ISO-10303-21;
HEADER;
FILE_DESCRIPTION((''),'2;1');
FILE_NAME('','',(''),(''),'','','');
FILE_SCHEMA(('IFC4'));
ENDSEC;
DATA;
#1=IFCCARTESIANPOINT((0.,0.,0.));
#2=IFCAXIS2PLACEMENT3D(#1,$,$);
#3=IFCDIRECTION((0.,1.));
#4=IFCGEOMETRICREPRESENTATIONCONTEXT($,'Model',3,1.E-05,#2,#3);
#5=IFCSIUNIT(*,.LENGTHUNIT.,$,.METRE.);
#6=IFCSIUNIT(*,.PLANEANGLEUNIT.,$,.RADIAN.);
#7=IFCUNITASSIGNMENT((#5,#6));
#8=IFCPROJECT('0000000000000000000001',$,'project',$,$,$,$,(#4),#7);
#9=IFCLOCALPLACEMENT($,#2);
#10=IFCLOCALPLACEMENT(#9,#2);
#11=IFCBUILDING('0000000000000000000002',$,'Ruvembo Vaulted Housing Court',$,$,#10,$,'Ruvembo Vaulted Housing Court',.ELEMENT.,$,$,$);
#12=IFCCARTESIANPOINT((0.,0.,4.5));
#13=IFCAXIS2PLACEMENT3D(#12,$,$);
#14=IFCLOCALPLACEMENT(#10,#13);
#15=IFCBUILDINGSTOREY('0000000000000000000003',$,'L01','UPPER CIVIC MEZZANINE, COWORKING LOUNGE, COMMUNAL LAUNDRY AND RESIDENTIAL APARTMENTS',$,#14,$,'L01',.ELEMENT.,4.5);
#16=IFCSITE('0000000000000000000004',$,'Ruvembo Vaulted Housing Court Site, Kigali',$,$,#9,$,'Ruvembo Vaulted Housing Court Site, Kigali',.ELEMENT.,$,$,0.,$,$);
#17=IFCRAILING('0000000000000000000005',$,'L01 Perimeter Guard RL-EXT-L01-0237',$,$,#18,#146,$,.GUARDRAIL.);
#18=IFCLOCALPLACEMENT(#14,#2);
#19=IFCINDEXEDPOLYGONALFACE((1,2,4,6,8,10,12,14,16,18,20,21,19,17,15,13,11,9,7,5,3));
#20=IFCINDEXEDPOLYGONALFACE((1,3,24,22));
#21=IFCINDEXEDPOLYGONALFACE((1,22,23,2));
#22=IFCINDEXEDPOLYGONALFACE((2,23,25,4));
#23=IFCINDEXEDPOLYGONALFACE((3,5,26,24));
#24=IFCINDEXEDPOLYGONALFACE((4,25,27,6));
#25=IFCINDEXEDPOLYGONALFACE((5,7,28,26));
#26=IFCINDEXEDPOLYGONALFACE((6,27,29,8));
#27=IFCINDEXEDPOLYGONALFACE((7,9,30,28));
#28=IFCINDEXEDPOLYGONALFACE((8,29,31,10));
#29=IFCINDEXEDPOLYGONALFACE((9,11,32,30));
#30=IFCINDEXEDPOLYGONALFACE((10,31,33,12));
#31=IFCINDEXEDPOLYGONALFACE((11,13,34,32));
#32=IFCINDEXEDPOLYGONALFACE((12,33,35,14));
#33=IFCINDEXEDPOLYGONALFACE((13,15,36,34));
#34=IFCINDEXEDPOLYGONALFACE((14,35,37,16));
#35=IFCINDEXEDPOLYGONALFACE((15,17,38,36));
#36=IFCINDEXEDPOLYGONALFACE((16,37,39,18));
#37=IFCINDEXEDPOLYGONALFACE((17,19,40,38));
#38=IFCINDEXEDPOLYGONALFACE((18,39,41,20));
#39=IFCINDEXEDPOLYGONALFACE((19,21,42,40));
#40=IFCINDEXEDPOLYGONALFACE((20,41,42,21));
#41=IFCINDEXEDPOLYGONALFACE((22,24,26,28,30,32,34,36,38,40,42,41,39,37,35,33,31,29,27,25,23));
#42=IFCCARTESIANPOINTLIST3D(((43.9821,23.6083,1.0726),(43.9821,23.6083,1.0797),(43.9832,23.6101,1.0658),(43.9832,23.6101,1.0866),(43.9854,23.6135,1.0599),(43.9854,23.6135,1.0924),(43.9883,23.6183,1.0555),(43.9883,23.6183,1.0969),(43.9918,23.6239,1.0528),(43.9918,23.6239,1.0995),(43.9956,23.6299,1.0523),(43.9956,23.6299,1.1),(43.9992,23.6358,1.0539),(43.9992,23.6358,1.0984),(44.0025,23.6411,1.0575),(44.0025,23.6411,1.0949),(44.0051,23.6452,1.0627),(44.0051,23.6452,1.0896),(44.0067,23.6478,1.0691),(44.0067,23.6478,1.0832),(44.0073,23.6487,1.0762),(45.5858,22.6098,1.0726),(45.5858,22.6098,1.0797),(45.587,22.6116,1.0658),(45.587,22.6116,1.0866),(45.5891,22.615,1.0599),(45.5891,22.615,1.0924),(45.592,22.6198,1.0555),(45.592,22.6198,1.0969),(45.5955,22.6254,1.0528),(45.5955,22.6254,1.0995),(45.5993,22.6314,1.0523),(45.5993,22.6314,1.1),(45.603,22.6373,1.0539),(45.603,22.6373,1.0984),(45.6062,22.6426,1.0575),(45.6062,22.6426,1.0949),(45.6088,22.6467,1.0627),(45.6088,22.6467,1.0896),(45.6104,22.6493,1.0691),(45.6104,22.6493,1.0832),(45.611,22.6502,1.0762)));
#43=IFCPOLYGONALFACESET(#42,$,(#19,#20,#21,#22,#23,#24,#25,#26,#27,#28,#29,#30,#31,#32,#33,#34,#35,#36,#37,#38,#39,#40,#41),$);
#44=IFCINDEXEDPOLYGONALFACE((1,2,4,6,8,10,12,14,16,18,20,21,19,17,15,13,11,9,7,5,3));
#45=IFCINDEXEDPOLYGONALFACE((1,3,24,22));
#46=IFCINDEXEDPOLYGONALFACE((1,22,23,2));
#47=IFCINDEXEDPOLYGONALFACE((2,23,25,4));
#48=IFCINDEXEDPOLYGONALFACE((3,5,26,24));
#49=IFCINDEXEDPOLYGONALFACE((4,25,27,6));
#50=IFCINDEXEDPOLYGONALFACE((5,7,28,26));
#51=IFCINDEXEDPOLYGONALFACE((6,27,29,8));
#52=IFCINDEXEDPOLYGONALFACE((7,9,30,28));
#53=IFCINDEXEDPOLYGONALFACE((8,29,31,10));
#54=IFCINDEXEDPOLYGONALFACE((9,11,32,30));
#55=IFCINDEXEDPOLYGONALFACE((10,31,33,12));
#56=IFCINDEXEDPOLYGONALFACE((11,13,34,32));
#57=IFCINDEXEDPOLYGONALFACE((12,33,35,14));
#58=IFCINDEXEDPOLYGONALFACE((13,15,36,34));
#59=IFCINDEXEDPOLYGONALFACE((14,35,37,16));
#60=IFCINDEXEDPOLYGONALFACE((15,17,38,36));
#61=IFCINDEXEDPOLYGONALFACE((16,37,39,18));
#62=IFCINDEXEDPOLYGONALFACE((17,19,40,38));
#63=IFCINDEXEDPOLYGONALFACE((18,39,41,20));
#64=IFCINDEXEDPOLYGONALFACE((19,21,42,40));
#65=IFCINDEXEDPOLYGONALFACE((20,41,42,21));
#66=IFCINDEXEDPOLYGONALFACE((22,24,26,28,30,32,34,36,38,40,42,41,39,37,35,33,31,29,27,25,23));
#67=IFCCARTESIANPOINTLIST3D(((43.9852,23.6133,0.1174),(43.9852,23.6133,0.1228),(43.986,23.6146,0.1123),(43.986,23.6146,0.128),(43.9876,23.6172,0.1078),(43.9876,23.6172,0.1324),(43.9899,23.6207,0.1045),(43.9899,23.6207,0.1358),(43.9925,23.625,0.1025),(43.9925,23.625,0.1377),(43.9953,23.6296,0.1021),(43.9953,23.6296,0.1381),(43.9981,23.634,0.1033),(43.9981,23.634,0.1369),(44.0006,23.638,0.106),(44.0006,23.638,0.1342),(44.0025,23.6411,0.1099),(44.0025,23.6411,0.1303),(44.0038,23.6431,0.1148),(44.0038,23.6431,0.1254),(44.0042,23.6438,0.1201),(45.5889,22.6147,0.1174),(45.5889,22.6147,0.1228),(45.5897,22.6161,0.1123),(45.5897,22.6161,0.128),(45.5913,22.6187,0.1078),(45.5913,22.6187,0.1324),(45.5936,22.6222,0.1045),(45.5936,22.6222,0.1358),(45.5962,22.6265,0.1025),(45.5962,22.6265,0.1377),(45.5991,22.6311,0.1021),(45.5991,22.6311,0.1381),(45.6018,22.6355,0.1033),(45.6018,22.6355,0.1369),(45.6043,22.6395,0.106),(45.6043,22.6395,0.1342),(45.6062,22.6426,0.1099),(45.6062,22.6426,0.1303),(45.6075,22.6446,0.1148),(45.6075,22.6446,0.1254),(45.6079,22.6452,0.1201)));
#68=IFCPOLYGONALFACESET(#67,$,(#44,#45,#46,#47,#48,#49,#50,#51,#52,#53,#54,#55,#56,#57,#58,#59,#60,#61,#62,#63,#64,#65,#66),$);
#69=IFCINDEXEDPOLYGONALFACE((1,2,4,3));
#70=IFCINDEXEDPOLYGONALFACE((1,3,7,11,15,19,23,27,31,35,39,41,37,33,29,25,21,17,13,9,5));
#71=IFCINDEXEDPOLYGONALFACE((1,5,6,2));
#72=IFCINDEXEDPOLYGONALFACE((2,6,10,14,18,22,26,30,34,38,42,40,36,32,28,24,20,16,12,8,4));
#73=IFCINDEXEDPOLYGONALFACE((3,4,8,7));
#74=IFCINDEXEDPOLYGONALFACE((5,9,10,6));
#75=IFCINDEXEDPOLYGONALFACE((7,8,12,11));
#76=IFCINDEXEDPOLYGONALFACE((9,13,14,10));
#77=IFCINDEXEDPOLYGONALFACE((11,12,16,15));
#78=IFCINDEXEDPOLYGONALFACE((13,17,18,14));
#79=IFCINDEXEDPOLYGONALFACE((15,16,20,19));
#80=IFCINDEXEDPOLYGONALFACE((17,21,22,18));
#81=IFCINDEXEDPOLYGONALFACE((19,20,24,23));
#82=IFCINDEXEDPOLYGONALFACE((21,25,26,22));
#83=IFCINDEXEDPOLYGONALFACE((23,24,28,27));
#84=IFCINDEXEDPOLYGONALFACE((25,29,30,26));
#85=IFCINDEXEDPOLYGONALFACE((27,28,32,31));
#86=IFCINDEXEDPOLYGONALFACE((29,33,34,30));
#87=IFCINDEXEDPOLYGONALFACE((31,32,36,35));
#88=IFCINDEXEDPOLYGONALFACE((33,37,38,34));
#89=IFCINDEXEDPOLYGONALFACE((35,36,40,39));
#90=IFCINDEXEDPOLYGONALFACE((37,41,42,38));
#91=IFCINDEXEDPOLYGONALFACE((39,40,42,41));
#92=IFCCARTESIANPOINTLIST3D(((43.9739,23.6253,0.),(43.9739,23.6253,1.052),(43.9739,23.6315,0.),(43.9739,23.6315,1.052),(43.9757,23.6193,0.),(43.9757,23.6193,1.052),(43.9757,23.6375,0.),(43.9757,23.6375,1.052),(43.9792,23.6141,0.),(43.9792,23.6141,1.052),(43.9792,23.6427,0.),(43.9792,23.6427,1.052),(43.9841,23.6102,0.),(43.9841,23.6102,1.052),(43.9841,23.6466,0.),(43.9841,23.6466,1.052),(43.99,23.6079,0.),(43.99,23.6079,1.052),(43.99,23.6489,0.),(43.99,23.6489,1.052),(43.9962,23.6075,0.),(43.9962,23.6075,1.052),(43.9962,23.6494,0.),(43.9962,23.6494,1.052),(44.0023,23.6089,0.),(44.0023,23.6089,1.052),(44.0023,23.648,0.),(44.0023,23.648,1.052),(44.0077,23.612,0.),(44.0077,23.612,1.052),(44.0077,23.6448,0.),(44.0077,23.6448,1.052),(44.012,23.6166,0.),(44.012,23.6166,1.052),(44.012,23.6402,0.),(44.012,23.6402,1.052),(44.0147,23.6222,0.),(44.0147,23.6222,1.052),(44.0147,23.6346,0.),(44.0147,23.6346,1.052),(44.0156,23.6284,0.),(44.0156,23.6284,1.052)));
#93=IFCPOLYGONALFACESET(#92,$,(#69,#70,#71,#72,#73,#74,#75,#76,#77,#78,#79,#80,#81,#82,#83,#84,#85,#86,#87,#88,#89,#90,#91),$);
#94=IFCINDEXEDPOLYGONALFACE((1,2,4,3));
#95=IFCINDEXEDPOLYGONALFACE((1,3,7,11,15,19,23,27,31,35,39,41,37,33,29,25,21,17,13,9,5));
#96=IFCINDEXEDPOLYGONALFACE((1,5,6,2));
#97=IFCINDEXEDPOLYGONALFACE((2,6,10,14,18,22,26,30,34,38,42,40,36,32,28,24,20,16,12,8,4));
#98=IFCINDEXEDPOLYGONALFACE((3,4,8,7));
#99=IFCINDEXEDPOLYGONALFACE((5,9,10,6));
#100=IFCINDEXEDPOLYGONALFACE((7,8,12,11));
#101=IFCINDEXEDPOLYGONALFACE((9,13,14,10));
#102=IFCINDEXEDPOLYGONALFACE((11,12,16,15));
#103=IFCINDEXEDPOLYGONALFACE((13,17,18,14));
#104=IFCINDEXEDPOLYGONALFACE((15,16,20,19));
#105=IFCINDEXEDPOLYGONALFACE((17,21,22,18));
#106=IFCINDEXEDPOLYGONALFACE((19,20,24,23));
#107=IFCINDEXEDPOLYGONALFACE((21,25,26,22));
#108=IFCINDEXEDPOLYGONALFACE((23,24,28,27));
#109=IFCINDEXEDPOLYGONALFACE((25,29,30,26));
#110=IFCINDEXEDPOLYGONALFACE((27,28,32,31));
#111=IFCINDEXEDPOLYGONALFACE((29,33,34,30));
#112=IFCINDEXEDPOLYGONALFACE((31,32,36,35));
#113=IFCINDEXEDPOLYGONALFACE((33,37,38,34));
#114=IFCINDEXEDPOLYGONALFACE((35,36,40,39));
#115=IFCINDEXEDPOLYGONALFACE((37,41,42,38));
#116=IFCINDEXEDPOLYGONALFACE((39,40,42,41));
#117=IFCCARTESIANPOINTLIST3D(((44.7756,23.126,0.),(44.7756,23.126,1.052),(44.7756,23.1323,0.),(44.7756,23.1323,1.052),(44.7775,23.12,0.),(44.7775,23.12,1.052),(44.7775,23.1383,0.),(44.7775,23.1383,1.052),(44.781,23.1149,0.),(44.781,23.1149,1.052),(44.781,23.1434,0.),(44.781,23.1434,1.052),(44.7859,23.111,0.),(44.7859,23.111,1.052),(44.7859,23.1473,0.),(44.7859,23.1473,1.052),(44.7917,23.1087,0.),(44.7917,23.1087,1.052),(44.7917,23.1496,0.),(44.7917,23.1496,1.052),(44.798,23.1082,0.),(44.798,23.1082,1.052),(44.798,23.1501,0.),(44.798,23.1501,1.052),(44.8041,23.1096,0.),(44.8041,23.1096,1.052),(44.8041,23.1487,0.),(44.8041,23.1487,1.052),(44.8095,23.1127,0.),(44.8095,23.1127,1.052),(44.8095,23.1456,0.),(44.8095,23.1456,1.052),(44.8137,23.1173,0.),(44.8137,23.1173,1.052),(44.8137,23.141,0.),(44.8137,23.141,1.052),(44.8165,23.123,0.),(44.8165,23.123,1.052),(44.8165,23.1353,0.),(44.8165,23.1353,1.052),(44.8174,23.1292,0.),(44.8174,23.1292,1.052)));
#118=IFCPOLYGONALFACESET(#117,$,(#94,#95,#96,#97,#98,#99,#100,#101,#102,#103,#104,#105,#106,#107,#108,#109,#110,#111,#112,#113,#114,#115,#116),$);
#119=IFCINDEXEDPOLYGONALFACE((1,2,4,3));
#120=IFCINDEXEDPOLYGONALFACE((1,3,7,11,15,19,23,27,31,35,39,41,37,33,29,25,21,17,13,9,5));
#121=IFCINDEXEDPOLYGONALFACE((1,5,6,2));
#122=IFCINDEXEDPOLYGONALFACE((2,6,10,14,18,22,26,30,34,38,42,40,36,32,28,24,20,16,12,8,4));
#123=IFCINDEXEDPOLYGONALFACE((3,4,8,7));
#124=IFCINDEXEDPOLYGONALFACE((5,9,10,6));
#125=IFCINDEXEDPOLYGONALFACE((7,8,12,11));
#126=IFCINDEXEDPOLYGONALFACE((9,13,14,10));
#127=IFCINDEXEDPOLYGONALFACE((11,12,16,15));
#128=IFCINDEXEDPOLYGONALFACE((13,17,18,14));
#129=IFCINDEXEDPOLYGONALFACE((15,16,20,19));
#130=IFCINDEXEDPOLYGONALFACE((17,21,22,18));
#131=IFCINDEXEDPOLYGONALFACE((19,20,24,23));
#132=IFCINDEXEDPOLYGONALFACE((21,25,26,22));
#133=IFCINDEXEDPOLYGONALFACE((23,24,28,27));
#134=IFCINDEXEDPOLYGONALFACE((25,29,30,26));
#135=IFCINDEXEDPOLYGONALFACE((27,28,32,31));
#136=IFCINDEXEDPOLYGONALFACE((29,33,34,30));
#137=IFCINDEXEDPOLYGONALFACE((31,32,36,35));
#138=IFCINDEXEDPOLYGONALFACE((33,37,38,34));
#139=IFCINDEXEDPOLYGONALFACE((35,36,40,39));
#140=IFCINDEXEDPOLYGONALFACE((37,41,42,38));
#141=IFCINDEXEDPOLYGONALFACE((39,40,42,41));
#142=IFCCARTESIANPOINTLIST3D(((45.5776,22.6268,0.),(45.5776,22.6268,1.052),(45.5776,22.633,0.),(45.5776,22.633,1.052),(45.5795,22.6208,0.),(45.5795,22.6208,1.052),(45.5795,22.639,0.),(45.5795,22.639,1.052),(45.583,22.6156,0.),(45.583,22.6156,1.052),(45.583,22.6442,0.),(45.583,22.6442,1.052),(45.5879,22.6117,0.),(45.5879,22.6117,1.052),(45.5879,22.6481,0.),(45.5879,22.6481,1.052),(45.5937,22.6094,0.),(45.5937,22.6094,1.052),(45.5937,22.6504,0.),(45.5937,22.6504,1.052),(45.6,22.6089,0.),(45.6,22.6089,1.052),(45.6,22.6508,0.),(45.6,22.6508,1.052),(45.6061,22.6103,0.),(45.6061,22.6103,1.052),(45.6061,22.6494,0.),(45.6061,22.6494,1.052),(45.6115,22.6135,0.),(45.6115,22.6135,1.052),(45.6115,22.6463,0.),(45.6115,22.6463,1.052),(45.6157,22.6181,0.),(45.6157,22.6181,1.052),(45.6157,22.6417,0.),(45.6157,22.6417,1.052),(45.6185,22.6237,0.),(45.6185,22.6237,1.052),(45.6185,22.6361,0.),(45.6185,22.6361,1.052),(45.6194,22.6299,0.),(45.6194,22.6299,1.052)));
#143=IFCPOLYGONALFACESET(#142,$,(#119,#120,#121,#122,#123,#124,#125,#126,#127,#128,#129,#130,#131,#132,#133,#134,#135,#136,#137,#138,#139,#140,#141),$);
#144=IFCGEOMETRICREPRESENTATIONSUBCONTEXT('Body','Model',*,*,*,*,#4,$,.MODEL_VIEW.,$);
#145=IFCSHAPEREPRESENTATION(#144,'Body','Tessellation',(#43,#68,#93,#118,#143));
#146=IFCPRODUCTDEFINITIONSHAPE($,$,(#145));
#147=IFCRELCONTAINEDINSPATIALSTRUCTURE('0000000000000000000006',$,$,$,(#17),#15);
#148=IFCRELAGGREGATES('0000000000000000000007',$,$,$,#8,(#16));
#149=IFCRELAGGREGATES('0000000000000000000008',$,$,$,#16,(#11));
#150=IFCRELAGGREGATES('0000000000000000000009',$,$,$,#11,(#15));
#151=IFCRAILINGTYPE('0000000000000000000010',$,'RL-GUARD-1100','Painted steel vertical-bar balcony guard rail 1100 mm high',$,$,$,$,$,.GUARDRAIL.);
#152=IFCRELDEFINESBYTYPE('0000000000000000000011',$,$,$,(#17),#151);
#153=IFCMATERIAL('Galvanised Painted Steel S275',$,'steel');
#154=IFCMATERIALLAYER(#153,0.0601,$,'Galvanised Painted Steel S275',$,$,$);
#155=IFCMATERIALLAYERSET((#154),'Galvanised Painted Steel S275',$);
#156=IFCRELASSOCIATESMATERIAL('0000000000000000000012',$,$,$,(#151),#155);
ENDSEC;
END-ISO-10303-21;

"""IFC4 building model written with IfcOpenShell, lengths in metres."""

from ifc_helpers import new_model, si_unit, direction, frame, origin, origin_2d, place, context, subcontext, project, spatial, circle, extrude, material, layer, layer_set, type_object, element, save


model = new_model("IFC4")

# Units and contexts
model_context = context("Model", 3, precision=1e-05, world=origin(), true_north=direction((0.0, 1.0)))
body_context = subcontext(model_context, "Body", "Model", "MODEL_VIEW")
ifc_project = project(units=[si_unit("LENGTHUNIT", "METRE"), si_unit("PLANEANGLEUNIT", "RADIAN")], contexts=[model_context])

# Site, building, storey
site_placement = place(None, origin())
site = spatial("IfcSite", under=ifc_project, at=site_placement, Name="Ruvembo Vaulted Housing Court Site, Kigali", LongName="Ruvembo Vaulted Housing Court Site, Kigali", CompositionType="ELEMENT", RefElevation=0.0)
building_placement = place(site_placement, origin())
building = spatial("IfcBuilding", under=site, at=building_placement, Name="Ruvembo Vaulted Housing Court", LongName="Ruvembo Vaulted Housing Court", CompositionType="ELEMENT")
storey_placement = place(building_placement, frame((0.0, 0.0, 4.5)))
storey = spatial("IfcBuildingStorey", under=building, at=storey_placement, Name="L01", Description="UPPER CIVIC MEZZANINE, COWORKING LOUNGE, COMMUNAL LAUNDRY AND RESIDENTIAL APARTMENTS", LongName="L01", CompositionType="ELEMENT", Elevation=4.5)

# Railing
ifc_material_1 = material(Name="Galvanised Painted Steel S275", Category="steel")
ifc_layer_1 = layer(ifc_material_1, 0.0601, Name="Galvanised Painted Steel S275")
ifc_layer_set_1 = layer_set([ifc_layer_1], Name="Galvanised Painted Steel S275")
railing_type_1 = type_object("IfcRailingType", Name="RL-GUARD-1100", Description="Painted steel vertical-bar balcony guard rail 1100 mm high", PredefinedType="GUARDRAIL", material=ifc_layer_set_1)
railing_1_placement = place(storey_placement, frame((43.9946, 23.6284, 0.0)))
element("IfcRailing", 1, at=railing_1_placement, inside=storey, type_object=railing_type_1, Name="L01 Perimeter Guard RL-EXT-L01-0237", PredefinedType="GUARDRAIL", context=body_context, shape_type="SweptSolid", body=[
    extrude(circle(Radius=0.0239, at=origin_2d()), frame((0.0, 0.0, 1.0762), z_axis=(0.848905, -0.528546, 0.0), x_axis=(0.528546, 0.848905, 0.0)), (0.0, 0.0, 1.0), 1.8892),
    extrude(circle(Radius=0.0181, at=origin_2d()), frame((0.0, 0.0, 0.1201), z_axis=(0.848905, -0.528546, 0.0), x_axis=(0.528546, 0.848905, 0.0)), (0.0, 0.0, 1.0), 1.8892),
    extrude(circle(Radius=0.021, at=origin_2d()), origin(), (0.0, 0.0, 1.0), 1.052),
    extrude(circle(Radius=0.021, at=origin_2d()), frame((0.8018, -0.4993, 0.0)), (0.0, 0.0, 1.0), 1.052),
    extrude(circle(Radius=0.021, at=origin_2d()), frame((1.6038, -0.9985, 0.0)), (0.0, 0.0, 1.0), 1.052),
])

save(model, "model.ifc")
